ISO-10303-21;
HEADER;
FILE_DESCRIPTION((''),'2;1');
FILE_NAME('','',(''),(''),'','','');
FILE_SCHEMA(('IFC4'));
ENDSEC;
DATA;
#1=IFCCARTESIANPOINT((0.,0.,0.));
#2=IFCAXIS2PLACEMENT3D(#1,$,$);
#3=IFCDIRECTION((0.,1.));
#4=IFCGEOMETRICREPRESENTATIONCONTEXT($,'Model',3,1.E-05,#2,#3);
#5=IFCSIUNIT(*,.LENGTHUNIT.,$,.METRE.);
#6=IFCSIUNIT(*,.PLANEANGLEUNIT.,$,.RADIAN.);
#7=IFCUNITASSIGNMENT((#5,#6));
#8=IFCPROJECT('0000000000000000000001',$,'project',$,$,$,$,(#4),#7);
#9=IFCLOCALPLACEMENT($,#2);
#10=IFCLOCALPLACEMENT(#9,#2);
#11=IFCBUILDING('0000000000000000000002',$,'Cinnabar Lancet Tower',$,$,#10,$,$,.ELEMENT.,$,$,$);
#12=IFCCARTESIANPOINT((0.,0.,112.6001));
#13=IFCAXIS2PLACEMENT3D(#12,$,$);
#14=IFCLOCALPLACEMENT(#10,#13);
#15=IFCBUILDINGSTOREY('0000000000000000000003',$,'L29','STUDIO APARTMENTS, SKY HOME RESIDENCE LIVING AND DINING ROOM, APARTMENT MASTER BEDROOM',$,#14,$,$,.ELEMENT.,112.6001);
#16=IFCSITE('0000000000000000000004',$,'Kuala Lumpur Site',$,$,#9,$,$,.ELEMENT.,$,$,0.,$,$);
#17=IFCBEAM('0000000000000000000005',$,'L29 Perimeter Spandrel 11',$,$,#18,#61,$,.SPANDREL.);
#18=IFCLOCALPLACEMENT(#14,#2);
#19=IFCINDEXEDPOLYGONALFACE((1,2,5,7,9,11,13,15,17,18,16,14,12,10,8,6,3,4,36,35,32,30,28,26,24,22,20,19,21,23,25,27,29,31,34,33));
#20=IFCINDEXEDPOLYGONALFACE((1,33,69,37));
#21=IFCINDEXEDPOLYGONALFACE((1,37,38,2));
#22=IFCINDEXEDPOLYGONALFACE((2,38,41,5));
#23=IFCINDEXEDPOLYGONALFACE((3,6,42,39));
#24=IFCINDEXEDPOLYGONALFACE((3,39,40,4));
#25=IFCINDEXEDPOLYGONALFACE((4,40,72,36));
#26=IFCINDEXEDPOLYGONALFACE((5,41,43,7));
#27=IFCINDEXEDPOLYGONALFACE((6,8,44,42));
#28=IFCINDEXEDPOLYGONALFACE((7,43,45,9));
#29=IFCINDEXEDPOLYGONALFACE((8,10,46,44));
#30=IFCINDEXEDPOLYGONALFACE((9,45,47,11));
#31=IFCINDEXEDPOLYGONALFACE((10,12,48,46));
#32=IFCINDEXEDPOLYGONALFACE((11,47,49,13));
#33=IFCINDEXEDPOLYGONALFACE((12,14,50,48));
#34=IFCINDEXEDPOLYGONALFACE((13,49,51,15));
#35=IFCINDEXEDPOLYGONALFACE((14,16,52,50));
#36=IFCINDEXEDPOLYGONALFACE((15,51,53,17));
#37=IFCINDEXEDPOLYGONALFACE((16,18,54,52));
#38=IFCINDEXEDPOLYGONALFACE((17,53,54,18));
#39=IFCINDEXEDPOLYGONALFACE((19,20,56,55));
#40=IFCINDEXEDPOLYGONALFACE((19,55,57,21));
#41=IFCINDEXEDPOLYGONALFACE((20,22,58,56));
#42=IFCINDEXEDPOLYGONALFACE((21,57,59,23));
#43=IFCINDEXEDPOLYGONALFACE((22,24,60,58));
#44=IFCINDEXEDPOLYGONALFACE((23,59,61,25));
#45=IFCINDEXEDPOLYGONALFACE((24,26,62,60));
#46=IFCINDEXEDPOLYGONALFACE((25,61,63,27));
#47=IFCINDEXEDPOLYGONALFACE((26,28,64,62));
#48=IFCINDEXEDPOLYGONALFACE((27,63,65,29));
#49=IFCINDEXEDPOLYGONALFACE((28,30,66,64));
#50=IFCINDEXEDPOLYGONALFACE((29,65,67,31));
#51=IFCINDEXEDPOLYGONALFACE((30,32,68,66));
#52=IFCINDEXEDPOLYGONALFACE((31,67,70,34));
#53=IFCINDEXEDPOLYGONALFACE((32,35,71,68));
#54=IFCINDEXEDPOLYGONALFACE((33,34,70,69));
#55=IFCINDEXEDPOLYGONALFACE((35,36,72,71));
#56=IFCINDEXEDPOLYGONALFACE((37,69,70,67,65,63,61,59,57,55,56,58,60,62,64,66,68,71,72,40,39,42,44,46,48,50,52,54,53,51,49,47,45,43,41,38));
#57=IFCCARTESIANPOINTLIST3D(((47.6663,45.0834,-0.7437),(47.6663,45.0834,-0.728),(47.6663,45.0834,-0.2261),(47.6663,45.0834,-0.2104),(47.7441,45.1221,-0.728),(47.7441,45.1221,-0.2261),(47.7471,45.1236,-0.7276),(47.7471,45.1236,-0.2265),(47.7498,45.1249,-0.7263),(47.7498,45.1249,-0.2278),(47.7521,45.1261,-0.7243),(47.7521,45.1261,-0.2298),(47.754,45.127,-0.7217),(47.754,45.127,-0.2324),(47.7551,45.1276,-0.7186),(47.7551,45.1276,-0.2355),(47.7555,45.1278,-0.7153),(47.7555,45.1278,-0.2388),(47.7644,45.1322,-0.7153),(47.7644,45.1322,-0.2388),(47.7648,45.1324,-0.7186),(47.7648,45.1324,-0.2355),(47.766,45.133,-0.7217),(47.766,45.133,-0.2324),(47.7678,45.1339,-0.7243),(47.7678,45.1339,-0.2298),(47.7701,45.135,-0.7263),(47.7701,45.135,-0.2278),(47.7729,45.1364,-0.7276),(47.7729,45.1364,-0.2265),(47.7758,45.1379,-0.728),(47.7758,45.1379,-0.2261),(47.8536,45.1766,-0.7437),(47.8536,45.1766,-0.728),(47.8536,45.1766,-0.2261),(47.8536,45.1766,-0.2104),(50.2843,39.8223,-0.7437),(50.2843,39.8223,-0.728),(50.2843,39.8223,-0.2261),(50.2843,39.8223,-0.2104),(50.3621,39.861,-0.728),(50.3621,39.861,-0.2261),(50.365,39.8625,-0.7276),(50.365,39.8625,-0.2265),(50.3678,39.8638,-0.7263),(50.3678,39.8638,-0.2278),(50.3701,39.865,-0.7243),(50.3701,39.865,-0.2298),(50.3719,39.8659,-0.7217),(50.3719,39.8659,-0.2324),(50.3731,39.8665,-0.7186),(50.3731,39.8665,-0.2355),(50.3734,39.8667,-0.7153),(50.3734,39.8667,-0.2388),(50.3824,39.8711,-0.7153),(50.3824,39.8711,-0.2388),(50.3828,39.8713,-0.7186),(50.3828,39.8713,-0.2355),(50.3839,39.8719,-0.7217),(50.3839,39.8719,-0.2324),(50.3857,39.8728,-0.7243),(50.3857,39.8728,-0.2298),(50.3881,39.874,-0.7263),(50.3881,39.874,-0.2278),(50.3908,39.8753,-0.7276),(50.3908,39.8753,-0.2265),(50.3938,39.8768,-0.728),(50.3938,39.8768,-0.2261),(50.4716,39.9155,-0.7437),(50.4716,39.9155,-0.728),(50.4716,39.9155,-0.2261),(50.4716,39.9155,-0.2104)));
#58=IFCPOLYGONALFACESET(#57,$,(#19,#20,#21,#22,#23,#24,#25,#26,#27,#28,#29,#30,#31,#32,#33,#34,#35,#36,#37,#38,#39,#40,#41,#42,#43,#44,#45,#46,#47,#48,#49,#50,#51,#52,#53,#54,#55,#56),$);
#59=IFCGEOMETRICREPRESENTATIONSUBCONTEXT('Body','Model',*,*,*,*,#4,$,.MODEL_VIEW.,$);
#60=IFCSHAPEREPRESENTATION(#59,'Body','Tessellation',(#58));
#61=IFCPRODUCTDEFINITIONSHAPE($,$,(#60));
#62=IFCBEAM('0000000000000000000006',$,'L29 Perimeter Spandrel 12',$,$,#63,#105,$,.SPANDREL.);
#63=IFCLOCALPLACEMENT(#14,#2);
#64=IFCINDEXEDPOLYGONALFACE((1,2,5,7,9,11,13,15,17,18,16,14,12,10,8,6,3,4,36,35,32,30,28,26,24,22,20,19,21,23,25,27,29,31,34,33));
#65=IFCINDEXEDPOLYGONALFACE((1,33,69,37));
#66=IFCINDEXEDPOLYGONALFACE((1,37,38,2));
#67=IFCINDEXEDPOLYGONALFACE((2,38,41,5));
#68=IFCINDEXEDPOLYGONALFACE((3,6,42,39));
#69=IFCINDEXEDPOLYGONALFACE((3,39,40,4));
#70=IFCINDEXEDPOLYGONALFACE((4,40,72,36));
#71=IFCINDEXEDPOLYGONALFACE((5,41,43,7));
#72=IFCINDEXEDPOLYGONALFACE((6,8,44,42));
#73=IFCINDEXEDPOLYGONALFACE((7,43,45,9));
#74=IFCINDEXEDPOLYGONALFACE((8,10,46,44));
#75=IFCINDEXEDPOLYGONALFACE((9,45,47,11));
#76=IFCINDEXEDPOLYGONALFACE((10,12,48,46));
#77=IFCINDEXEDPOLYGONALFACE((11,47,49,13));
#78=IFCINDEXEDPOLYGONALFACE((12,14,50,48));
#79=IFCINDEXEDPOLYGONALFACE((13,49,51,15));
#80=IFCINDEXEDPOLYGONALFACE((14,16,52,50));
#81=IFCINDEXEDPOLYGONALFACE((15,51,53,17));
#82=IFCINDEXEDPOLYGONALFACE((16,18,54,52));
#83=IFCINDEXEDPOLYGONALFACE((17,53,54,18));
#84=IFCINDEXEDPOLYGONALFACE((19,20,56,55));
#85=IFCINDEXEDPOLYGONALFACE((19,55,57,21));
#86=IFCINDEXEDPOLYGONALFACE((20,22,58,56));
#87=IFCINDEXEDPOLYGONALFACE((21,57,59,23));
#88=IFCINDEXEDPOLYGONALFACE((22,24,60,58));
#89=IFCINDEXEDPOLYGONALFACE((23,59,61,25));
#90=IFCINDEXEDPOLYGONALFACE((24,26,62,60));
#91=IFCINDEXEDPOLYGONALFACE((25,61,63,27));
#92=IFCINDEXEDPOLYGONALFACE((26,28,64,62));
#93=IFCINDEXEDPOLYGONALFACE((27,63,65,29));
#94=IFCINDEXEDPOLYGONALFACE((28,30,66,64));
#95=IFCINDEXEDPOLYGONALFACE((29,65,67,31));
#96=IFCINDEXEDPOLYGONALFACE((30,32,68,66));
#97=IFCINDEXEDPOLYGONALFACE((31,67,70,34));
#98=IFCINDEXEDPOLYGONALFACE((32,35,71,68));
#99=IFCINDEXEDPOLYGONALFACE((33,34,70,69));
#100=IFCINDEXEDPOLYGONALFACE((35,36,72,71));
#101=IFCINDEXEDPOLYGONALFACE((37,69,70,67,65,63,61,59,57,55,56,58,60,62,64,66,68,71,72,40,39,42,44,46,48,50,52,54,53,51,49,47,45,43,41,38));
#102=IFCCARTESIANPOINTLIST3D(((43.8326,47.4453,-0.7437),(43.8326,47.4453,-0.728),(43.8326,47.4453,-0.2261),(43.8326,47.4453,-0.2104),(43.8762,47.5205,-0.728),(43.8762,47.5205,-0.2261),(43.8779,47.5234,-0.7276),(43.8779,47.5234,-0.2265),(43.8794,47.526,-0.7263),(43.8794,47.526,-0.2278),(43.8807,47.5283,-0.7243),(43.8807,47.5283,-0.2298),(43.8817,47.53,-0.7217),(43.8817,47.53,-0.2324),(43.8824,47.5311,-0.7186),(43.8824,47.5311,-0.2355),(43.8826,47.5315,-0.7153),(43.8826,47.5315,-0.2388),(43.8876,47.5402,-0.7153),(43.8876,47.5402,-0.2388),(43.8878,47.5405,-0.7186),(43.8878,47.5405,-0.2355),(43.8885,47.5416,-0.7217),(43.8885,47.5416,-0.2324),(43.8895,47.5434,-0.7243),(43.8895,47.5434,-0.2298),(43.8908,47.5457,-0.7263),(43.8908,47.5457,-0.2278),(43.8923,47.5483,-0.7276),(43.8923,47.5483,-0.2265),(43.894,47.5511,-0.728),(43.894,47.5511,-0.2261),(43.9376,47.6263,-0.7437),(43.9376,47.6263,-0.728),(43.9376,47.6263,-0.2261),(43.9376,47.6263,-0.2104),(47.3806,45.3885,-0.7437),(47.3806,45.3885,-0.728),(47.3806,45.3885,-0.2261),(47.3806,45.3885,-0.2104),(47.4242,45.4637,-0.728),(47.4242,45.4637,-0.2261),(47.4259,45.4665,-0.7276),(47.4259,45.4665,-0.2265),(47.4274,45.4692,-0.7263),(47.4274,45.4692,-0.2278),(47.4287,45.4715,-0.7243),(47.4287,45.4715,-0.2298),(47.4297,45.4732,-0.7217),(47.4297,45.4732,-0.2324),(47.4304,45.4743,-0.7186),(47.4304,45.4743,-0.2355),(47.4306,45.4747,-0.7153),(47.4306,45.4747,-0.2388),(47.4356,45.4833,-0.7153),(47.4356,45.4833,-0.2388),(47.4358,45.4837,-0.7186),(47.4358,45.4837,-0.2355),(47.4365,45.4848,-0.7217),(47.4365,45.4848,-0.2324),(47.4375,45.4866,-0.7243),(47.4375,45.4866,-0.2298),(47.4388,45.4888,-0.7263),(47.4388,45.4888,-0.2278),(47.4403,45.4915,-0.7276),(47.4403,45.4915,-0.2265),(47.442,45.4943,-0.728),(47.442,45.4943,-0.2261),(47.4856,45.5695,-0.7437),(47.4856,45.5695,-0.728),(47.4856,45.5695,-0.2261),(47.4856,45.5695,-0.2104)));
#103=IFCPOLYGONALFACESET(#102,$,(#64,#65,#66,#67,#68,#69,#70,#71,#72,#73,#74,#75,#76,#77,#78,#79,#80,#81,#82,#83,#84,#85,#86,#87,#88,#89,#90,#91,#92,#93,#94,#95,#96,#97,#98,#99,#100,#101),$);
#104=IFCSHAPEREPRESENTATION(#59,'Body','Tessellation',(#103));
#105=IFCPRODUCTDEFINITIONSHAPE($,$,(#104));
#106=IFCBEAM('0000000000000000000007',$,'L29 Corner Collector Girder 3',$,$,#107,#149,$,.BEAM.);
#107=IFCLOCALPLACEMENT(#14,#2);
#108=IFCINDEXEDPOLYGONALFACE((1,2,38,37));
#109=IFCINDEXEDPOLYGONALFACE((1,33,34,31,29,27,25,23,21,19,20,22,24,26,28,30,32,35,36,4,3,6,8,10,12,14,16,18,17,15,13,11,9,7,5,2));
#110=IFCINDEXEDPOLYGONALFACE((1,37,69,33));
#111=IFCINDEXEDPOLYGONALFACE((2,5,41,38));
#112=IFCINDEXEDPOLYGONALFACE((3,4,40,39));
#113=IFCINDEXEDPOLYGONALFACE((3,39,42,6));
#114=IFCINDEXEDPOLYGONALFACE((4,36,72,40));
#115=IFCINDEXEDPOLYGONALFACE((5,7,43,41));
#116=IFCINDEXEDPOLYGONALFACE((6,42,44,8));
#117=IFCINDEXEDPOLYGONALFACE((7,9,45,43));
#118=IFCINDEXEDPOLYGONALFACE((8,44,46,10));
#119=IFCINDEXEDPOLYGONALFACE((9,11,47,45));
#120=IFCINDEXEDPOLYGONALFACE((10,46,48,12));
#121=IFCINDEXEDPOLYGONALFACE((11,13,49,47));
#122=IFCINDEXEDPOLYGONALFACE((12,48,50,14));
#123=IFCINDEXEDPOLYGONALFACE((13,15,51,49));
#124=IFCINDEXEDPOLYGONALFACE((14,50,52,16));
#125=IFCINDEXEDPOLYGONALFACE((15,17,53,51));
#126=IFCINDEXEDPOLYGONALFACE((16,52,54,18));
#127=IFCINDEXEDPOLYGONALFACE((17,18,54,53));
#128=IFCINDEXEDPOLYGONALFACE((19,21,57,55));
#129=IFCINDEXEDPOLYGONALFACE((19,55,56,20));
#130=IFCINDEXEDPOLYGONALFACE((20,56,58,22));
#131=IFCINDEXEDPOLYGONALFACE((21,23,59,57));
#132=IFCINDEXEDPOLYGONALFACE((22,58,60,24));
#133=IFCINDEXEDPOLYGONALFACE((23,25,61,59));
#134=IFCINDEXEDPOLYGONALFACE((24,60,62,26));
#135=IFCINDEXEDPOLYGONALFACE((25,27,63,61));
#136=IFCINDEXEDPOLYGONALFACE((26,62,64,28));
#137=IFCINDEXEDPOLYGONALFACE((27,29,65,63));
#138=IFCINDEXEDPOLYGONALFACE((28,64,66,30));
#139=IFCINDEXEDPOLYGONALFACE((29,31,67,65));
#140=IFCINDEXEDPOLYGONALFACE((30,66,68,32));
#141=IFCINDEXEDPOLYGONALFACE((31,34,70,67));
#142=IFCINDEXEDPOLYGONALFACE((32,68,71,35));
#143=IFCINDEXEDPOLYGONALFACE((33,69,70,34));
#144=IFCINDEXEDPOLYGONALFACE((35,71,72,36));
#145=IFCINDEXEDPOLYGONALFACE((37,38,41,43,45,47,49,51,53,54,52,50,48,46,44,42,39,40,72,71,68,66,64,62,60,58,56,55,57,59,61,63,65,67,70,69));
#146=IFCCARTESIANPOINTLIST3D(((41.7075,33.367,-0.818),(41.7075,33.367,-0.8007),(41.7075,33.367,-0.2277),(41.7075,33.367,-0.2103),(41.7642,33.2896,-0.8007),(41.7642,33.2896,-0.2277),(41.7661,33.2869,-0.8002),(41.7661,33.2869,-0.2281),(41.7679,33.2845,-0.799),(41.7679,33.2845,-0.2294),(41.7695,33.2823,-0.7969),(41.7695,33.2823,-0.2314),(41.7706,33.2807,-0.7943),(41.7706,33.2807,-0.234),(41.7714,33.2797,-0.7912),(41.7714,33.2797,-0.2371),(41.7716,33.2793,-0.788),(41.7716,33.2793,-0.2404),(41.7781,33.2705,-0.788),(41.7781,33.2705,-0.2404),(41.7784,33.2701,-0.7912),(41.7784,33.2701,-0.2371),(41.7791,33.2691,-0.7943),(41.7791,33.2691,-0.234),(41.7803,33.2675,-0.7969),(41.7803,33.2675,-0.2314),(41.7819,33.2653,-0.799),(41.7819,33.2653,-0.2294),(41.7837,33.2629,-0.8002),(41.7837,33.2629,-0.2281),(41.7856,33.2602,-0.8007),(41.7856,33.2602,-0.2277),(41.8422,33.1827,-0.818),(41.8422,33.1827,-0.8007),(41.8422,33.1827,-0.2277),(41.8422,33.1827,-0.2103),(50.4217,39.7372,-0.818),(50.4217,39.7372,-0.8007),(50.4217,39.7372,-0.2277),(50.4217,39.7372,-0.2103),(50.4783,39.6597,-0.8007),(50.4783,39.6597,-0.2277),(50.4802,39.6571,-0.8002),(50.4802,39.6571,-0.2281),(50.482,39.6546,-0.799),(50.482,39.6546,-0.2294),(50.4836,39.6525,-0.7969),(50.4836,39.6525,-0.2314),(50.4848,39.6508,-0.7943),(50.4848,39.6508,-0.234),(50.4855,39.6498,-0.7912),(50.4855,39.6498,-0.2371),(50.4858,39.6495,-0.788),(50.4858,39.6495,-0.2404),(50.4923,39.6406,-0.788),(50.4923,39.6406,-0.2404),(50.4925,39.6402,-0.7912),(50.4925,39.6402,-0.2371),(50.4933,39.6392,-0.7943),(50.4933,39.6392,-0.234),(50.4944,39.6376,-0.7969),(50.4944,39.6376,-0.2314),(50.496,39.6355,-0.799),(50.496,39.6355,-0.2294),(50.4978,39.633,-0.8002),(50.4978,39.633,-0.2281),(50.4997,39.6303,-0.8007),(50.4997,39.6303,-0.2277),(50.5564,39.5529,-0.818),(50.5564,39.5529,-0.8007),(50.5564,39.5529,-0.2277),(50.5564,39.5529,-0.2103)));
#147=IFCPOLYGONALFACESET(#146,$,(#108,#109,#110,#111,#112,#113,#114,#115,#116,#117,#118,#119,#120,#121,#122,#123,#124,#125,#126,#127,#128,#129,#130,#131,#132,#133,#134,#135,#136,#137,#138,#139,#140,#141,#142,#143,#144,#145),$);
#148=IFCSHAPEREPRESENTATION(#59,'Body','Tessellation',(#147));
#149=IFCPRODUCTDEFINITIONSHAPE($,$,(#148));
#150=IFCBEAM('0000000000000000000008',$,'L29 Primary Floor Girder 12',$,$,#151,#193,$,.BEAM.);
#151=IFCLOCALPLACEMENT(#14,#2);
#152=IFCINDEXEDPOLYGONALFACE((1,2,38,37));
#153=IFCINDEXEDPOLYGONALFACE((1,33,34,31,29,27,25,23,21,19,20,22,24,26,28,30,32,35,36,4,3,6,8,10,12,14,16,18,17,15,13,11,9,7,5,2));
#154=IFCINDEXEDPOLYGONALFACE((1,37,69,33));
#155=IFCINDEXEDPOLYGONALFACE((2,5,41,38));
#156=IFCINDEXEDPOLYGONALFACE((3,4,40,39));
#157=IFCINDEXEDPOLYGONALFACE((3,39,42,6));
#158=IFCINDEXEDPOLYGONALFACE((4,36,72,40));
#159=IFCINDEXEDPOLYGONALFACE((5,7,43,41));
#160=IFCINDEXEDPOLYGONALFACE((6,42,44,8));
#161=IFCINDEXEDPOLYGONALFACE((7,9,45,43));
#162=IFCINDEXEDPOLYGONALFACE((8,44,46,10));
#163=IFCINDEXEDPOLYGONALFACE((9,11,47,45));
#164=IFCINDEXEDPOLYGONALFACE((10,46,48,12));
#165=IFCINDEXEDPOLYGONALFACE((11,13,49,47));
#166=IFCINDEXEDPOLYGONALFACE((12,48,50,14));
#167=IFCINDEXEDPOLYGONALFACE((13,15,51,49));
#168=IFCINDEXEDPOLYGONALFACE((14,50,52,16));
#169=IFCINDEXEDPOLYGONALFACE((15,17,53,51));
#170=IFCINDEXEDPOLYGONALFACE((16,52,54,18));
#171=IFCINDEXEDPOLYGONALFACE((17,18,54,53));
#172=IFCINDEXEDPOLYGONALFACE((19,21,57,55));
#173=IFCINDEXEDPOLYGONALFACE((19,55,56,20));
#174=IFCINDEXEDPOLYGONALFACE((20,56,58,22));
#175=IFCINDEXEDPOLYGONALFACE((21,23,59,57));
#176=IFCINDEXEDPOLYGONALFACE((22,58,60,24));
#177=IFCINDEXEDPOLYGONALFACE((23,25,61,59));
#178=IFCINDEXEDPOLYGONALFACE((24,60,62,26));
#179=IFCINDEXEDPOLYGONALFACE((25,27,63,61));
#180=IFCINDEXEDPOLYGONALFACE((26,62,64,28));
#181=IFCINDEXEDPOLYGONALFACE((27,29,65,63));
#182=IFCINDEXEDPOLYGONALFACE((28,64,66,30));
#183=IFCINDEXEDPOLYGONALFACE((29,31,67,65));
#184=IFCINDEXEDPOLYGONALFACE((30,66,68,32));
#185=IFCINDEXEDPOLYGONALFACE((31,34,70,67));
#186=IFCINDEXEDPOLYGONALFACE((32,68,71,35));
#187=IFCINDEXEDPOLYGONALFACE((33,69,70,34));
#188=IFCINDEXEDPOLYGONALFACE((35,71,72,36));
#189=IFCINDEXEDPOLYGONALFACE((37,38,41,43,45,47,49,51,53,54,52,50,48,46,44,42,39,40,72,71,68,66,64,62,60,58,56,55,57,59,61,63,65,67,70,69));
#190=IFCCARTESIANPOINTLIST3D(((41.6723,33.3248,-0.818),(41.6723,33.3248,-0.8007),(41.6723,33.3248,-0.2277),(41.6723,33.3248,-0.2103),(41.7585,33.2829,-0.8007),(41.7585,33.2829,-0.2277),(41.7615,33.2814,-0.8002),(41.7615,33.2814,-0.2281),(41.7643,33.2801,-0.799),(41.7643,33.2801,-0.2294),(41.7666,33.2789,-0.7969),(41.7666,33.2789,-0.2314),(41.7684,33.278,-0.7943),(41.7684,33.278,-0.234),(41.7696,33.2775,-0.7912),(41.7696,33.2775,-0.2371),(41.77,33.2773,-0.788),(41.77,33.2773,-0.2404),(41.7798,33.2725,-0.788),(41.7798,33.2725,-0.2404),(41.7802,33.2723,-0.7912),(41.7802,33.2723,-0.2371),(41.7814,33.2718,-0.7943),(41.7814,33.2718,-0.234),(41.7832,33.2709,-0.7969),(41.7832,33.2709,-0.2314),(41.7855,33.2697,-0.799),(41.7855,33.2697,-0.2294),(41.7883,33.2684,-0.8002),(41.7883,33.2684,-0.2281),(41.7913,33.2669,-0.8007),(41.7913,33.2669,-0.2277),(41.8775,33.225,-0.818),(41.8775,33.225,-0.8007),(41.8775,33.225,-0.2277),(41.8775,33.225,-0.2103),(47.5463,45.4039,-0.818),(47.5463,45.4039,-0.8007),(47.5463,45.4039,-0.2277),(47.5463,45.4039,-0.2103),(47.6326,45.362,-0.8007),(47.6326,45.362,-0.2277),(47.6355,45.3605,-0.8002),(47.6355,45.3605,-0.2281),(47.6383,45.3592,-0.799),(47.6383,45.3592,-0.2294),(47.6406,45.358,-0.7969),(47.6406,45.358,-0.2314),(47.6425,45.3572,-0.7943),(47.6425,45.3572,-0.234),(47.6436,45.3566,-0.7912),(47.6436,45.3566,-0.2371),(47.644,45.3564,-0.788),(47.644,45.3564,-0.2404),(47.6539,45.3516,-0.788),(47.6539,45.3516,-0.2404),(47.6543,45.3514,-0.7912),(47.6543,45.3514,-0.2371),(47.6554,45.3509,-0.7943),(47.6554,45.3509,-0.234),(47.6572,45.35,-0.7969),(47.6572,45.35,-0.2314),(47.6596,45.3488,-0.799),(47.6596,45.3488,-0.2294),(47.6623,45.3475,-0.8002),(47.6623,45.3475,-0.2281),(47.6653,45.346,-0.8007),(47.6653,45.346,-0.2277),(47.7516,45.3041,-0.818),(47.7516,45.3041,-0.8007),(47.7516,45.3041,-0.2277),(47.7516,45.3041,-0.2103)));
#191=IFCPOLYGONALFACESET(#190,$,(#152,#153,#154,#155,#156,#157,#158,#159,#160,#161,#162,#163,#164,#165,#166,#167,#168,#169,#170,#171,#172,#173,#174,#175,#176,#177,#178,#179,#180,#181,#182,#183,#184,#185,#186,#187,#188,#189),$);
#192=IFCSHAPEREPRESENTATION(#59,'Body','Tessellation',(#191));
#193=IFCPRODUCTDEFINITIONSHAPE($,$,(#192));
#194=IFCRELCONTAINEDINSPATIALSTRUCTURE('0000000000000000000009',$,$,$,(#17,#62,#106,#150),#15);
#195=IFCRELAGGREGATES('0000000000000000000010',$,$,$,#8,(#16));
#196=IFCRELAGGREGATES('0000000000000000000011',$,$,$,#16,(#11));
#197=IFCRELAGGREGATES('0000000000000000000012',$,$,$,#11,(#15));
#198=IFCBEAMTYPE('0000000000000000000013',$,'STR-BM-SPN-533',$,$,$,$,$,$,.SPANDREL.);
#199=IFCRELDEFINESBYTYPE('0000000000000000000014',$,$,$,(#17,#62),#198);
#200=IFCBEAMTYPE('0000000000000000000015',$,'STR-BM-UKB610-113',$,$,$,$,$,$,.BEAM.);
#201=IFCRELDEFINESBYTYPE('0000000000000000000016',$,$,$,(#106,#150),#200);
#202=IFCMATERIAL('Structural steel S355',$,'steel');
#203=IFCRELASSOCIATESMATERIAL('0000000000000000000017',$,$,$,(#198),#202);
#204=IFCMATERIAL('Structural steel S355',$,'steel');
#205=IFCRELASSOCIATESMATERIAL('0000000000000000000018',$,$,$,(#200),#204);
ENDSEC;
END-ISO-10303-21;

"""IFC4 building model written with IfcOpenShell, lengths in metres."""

from ifc_helpers import new_model, si_unit, direction, frame, origin, origin_2d, place, context, subcontext, project, spatial, i_section, extrude, material, material_profile, profile_set, type_object, element, save


model = new_model("IFC4")

# Units and contexts
model_context = context("Model", 3, precision=1e-05, world=origin(), true_north=direction((0.0, 1.0)))
body_context = subcontext(model_context, "Body", "Model", "MODEL_VIEW")
ifc_project = project(units=[si_unit("LENGTHUNIT", "METRE"), si_unit("PLANEANGLEUNIT", "RADIAN")], contexts=[model_context])

# Site, building, storey
site_placement = place(None, origin())
site = spatial("IfcSite", under=ifc_project, at=site_placement, Name="Kuala Lumpur Site", CompositionType="ELEMENT", RefElevation=0.0)
building_placement = place(site_placement, origin())
building = spatial("IfcBuilding", under=site, at=building_placement, Name="Cinnabar Lancet Tower", CompositionType="ELEMENT")
storey_placement = place(building_placement, frame((0.0, 0.0, 112.6001)))
storey = spatial("IfcBuildingStorey", under=building, at=storey_placement, Name="L29", Description="STUDIO APARTMENTS, SKY HOME RESIDENCE LIVING AND DINING ROOM, APARTMENT MASTER BEDROOM", CompositionType="ELEMENT", Elevation=112.6001)

# Beams
ifc_material_1 = material(Name="Structural steel S355", Category="steel")
ifc_material_profile_1 = material_profile(ifc_material_1, i_section(OverallWidth=0.2092, OverallDepth=0.5332, WebThickness=0.01, FlangeThickness=0.0156, FilletRadius=0.0127, at=origin_2d()), Name="UKB 533x210x92")
ifc_profile_set_1 = profile_set([ifc_material_profile_1], Name="Structural steel S355")
beam_type_1 = type_object("IfcBeamType", Name="STR-BM-SPN-533", PredefinedType="SPANDREL", material=ifc_profile_set_1)
beam_1_placement = place(storey_placement, frame((50.3779, 39.8689, -0.4771), z_axis=(-0.445501, 0.895281, 0.0), x_axis=(-0.895281, -0.445501, 0.0)))
element("IfcBeam", 1, at=beam_1_placement, inside=storey, type_object=beam_type_1, Name="L29 Perimeter Spandrel 11", PredefinedType="SPANDREL", context=body_context, shape_type="SweptSolid", body=[
    extrude(i_section(OverallWidth=0.2092, OverallDepth=0.5332, WebThickness=0.01, FlangeThickness=0.0156, FilletRadius=0.0127, at=origin_2d()), origin(), (0.0, 0.0, 1.0), 5.8765),
])
beam_2_placement = place(storey_placement, frame((47.4331, 45.479, -0.4771), z_axis=(-0.865138, 0.501534, 0.0), x_axis=(-0.501534, -0.865138, 0.0)))
element("IfcBeam", 2, at=beam_2_placement, inside=storey, type_object=beam_type_1, Name="L29 Perimeter Spandrel 12", PredefinedType="SPANDREL", context=body_context, shape_type="SweptSolid", body=[
    extrude(i_section(OverallWidth=0.2092, OverallDepth=0.5332, WebThickness=0.01, FlangeThickness=0.0156, FilletRadius=0.0127, at=origin_2d()), origin(), (0.0, 0.0, 1.0), 4.1011),
])
ifc_material_2 = material(Name="Structural steel S355", Category="steel")
ifc_material_profile_2 = material_profile(ifc_material_2, i_section(OverallWidth=0.2283, OverallDepth=0.6077, WebThickness=0.011, FlangeThickness=0.0173, FilletRadius=0.0127, at=origin_2d()), Name="UKB 610x229x113")
ifc_profile_set_2 = profile_set([ifc_material_profile_2], Name="Structural steel S355")
beam_type_2 = type_object("IfcBeamType", Name="STR-BM-UKB610-113", PredefinedType="BEAM", material=ifc_profile_set_2)
beam_3_placement = place(storey_placement, frame((50.489, 39.645, -0.5142), z_axis=(-0.807298, -0.590144, 0.0), x_axis=(0.590144, -0.807298, 0.0)))
element("IfcBeam", 3, at=beam_3_placement, inside=storey, type_object=beam_type_2, Name="L29 Corner Collector Girder 3", PredefinedType="BEAM", context=body_context, shape_type="SweptSolid", body=[
    extrude(i_section(OverallWidth=0.2283, OverallDepth=0.6077, WebThickness=0.011, FlangeThickness=0.0173, FilletRadius=0.0127, at=origin_2d()), origin(), (0.0, 0.0, 1.0), 10.7942),
])
beam_4_placement = place(storey_placement, frame((47.6489, 45.354, -0.5142), z_axis=(-0.437327, -0.899302, 0.0), x_axis=(0.899302, -0.437327, 0.0)))
element("IfcBeam", 4, at=beam_4_placement, inside=storey, type_object=beam_type_2, Name="L29 Primary Floor Girder 12", PredefinedType="BEAM", context=body_context, shape_type="SweptSolid", body=[
    extrude(i_section(OverallWidth=0.2283, OverallDepth=0.6077, WebThickness=0.011, FlangeThickness=0.0173, FilletRadius=0.0127, at=origin_2d()), origin(), (0.0, 0.0, 1.0), 13.4316),
])

save(model, "model.ifc")
